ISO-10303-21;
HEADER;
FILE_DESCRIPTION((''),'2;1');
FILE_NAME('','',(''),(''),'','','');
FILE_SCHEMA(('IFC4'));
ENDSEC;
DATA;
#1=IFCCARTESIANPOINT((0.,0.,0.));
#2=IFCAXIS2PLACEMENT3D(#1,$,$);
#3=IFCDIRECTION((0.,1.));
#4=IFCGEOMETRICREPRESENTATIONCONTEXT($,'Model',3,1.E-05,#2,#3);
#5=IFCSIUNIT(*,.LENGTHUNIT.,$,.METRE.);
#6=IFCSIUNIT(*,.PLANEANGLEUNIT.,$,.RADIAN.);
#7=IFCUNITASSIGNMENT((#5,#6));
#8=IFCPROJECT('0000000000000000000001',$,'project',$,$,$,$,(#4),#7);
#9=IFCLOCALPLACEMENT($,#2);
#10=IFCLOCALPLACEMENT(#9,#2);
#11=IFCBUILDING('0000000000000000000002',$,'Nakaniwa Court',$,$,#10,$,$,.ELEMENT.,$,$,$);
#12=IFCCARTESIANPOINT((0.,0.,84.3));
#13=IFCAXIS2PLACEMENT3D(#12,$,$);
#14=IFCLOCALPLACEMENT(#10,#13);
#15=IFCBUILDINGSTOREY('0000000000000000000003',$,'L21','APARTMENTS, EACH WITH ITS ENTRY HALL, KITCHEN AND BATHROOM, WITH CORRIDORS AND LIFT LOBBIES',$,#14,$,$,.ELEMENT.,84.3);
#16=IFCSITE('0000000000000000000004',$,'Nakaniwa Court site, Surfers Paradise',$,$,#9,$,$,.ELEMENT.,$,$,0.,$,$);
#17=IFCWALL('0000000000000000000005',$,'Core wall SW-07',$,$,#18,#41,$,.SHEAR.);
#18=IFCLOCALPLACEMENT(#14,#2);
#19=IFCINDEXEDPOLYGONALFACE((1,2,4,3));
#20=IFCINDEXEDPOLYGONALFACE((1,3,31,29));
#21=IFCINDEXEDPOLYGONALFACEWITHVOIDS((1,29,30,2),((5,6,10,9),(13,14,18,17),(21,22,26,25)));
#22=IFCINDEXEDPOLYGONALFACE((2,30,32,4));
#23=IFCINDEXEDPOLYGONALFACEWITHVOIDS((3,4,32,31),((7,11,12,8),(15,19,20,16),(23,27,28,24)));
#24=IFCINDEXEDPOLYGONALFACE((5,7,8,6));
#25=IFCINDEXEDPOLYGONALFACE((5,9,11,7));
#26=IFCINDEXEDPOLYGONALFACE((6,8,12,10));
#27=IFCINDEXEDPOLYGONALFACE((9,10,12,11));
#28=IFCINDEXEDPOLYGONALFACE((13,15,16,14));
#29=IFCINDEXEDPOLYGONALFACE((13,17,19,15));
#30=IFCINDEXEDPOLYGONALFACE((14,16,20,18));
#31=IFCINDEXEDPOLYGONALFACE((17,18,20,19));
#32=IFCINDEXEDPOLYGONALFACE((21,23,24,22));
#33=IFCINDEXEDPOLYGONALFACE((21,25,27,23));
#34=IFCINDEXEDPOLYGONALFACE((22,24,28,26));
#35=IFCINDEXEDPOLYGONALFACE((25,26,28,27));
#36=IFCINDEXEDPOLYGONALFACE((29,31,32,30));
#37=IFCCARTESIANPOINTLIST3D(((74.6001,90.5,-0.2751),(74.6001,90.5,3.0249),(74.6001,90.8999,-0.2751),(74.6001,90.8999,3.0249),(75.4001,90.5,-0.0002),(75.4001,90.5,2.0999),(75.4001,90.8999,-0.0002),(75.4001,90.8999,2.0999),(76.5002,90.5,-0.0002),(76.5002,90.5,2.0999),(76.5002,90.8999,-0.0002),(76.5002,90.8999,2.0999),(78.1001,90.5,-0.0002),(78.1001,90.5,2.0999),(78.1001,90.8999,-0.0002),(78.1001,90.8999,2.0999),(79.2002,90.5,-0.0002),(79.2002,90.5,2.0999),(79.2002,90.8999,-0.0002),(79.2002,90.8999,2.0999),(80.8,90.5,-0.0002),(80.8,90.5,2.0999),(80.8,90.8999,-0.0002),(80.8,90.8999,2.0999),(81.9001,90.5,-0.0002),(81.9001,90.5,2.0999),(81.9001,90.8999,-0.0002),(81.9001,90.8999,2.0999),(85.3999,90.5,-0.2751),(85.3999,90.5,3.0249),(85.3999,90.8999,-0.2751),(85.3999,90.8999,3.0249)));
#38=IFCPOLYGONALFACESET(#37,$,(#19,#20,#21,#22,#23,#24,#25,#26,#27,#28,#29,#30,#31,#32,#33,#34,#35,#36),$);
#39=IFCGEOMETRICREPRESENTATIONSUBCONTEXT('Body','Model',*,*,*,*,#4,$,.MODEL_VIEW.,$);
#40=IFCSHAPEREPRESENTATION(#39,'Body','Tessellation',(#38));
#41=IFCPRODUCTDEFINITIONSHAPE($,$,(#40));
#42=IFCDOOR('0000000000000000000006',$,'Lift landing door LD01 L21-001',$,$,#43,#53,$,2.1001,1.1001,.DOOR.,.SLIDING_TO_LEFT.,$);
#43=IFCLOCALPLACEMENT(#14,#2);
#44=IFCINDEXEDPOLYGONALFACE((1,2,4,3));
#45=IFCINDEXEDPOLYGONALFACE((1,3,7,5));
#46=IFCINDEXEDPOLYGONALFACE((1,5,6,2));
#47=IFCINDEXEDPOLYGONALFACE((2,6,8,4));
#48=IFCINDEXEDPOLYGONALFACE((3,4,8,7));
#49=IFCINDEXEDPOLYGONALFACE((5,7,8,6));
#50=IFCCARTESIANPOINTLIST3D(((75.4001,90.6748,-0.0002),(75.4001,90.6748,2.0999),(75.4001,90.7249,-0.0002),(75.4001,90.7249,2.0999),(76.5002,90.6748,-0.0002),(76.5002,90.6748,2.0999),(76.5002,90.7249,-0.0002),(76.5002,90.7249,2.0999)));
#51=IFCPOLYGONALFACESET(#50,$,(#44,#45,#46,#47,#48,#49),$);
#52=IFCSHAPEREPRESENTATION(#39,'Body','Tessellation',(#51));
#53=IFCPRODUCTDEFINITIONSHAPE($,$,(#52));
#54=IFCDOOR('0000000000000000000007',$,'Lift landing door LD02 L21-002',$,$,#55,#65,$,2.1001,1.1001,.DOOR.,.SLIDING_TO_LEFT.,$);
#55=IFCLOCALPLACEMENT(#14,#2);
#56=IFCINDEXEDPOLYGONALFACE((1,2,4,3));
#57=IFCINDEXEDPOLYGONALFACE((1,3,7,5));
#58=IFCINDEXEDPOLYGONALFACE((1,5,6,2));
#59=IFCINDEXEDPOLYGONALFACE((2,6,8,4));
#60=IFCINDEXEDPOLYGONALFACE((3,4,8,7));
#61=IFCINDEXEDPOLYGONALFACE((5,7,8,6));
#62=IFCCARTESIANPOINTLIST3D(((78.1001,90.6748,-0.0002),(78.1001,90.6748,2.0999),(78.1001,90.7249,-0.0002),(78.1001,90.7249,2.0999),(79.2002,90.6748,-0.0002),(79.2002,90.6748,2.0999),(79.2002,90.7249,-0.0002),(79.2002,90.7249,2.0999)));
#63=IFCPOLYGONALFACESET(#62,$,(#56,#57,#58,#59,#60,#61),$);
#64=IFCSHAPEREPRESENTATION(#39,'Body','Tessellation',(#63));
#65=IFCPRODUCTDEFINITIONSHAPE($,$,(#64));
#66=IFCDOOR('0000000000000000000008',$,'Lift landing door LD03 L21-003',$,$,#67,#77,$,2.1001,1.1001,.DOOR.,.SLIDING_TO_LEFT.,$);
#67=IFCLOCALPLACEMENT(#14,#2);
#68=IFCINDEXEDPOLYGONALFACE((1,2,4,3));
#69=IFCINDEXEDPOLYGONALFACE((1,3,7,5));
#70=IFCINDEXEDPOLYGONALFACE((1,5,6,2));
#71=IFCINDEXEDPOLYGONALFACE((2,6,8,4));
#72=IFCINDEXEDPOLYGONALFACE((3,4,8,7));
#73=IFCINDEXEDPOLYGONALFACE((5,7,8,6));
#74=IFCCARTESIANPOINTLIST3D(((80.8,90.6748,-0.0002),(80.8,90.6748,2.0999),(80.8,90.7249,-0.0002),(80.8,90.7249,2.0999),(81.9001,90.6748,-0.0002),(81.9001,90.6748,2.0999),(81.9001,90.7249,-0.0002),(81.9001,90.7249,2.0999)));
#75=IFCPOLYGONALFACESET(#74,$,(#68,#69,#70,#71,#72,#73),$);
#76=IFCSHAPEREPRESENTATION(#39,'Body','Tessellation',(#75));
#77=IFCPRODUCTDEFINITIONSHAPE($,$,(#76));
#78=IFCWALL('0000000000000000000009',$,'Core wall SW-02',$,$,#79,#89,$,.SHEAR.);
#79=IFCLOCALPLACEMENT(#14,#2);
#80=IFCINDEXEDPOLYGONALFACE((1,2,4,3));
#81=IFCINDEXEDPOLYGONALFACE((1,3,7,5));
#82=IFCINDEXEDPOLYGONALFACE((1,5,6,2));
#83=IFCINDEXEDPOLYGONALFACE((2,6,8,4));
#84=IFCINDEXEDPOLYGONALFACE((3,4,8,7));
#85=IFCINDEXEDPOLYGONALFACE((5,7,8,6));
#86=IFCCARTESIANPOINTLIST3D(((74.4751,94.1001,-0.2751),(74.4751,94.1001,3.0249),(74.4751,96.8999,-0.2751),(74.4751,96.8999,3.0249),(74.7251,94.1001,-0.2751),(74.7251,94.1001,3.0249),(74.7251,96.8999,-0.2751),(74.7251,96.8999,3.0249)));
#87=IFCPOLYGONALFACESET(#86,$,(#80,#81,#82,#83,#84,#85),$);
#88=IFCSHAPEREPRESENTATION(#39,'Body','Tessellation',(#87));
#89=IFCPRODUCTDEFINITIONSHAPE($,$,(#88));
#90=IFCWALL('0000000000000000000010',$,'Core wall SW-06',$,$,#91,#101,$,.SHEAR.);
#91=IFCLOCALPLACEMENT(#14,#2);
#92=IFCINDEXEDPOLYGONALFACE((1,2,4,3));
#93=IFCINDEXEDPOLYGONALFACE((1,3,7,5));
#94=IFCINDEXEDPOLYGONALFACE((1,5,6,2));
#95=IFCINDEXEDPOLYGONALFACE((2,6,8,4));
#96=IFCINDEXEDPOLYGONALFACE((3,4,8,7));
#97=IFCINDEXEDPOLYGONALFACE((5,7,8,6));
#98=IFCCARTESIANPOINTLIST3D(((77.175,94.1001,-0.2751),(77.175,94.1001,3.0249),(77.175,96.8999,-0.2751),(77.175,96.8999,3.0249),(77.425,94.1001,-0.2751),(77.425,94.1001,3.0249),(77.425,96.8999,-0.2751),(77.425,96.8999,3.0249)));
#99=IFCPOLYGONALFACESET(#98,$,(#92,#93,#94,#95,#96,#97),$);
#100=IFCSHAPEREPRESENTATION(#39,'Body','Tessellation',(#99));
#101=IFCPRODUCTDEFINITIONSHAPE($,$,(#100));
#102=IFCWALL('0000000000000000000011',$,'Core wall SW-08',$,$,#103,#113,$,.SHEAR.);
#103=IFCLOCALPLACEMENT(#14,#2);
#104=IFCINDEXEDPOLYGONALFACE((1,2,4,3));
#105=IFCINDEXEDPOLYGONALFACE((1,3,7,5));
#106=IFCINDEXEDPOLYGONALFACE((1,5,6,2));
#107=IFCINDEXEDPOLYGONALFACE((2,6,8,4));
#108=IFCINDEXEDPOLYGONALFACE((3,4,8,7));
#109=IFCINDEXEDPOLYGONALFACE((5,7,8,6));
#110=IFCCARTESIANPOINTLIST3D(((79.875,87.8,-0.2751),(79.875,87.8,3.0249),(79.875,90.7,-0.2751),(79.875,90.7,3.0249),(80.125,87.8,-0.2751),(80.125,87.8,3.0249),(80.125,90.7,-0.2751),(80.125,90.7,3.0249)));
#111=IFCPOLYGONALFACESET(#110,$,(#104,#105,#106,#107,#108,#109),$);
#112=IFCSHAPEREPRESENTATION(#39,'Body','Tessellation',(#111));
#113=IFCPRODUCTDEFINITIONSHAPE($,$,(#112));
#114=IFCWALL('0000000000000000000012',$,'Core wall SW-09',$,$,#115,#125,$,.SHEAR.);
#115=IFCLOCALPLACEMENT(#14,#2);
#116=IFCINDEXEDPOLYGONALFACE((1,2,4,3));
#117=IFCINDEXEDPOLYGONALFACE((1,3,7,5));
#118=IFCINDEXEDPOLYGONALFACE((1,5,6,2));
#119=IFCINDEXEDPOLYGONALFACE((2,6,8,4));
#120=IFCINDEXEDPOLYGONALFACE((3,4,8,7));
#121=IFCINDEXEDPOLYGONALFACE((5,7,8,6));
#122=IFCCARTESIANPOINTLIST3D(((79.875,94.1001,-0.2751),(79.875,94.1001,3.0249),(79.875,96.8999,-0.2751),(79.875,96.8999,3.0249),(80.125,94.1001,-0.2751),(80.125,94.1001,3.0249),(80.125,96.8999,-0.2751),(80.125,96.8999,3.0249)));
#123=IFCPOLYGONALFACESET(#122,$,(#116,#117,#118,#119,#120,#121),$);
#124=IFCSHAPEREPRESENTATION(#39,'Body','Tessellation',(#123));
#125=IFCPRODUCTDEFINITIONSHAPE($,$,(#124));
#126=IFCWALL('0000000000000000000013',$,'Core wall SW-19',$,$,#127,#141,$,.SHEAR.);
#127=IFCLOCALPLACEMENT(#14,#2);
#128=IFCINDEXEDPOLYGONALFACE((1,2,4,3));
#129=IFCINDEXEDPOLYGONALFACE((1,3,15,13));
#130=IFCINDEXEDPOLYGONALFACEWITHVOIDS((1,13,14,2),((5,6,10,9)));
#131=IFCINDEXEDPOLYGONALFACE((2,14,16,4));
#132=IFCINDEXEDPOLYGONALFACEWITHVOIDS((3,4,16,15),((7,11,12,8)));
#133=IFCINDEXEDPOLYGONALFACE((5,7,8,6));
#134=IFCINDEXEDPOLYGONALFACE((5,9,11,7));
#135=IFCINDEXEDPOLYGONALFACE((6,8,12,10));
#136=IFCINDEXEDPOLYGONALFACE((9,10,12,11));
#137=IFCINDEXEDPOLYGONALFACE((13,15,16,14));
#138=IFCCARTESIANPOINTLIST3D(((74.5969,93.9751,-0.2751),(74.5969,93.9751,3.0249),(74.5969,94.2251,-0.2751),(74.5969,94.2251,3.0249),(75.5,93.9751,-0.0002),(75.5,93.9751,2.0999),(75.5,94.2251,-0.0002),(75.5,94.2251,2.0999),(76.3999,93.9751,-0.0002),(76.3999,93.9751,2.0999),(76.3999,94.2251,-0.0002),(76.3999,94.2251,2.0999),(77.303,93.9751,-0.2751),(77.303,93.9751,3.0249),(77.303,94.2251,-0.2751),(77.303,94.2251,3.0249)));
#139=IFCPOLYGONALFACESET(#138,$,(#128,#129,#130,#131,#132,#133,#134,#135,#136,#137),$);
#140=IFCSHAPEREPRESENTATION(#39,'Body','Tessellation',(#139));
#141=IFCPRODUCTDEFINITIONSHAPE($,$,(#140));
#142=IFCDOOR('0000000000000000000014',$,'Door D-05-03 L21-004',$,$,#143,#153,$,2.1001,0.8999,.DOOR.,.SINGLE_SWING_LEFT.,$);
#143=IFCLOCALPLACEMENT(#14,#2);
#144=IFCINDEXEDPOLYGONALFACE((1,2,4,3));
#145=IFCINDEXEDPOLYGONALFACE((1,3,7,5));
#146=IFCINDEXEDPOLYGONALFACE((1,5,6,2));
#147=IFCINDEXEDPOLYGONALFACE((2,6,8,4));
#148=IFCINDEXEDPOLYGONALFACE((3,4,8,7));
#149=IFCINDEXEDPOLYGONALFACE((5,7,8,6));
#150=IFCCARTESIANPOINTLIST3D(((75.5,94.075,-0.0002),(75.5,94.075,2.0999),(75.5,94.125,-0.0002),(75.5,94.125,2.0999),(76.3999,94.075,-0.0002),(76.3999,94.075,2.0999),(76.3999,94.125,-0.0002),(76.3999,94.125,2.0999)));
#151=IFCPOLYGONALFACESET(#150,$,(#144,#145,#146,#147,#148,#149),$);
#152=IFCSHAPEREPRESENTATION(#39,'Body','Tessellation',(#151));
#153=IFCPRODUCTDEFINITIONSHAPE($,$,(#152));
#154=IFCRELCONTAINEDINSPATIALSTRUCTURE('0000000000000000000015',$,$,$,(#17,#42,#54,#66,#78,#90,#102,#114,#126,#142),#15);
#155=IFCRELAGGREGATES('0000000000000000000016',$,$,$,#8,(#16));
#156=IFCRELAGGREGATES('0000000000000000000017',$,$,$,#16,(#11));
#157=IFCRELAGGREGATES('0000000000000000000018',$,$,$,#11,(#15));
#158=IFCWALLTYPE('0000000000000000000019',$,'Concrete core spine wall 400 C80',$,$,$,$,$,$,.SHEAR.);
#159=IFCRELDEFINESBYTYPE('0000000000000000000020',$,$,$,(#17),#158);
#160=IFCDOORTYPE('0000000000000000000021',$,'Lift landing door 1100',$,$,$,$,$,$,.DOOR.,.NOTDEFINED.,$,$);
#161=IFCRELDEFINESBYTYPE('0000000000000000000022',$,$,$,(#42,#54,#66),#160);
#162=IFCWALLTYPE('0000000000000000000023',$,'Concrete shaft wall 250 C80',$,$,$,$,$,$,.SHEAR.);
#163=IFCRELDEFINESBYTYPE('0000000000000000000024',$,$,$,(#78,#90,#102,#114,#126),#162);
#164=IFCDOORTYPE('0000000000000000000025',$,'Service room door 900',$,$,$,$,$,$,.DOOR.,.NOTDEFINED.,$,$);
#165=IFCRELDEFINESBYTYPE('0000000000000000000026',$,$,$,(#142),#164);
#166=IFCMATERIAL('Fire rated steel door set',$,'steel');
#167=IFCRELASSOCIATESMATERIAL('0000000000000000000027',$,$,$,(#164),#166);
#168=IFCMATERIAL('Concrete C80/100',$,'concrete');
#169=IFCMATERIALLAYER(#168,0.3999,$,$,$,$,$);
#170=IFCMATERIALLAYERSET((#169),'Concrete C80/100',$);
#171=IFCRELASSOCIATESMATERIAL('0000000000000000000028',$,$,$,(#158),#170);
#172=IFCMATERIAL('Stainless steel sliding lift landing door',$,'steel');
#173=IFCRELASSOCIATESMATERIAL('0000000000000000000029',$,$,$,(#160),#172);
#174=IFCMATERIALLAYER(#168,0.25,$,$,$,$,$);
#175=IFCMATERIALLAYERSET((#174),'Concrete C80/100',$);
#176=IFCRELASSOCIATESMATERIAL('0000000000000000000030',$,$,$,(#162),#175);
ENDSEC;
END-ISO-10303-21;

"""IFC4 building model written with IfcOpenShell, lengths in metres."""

from ifc_helpers import new_model, si_unit, direction, frame, frame_2d, origin, place, context, subcontext, project, spatial, rectangle, extrude, material, layer, layer_set, type_object, element, fill, save


model = new_model("IFC4")

# Units and contexts
model_context = context("Model", 3, precision=1e-05, world=origin(), true_north=direction((0.0, 1.0)))
body_context = subcontext(model_context, "Body", "Model", "MODEL_VIEW")
ifc_project = project(units=[si_unit("LENGTHUNIT", "METRE"), si_unit("PLANEANGLEUNIT", "RADIAN")], contexts=[model_context])

# Site, building, storey
site_placement = place(None, origin())
site = spatial("IfcSite", under=ifc_project, at=site_placement, Name="Nakaniwa Court site, Surfers Paradise", CompositionType="ELEMENT", RefElevation=0.0)
building_placement = place(site_placement, origin())
building = spatial("IfcBuilding", under=site, at=building_placement, Name="Nakaniwa Court", CompositionType="ELEMENT")
storey_placement = place(building_placement, frame((0.0, 0.0, 84.3)))
storey = spatial("IfcBuildingStorey", under=building, at=storey_placement, Name="L21", Description="APARTMENTS, EACH WITH ITS ENTRY HALL, KITCHEN AND BATHROOM, WITH CORRIDORS AND LIFT LOBBIES", CompositionType="ELEMENT", Elevation=84.3)

# Shared definitions
ifc_material_1 = material(Name="Fire rated steel door set", Category="steel")
door_type_1 = type_object("IfcDoorType", Name="Service room door 900", OperationType="NOTDEFINED", PredefinedType="DOOR", material=ifc_material_1)

# Wall, openings, doors
ifc_material_2 = material(Name="Concrete C80/100", Category="concrete")
ifc_layer_1 = layer(ifc_material_2, 0.3999)
ifc_layer_set_1 = layer_set([ifc_layer_1], Name="Concrete C80/100")
wall_type_1 = type_object("IfcWallType", Name="Concrete core spine wall 400 C80", PredefinedType="SHEAR", material=ifc_layer_set_1)
wall_1_placement = place(storey_placement, frame((74.6001, 90.7, -0.2751), z_axis=(0.0, 0.0, 1.0), x_axis=(1.0, 0.0, 0.0)))
wall_1 = element("IfcWall", 1, at=wall_1_placement, inside=storey, type_object=wall_type_1, Name="Core wall SW-07", PredefinedType="SHEAR", context=body_context, shape_type="SweptSolid", body=[
    extrude(rectangle(XDim=10.7998, YDim=0.3999, at=frame_2d((5.3999, 0.0))), origin(), (0.0, 0.0, 1.0), 3.3),
])
opening_1_placement = place(wall_1_placement, frame((0.8, 0.0, 0.2749)))
opening_1 = element("IfcOpeningElement", 2, at=opening_1_placement, cuts=wall_1, PredefinedType="OPENING", context=body_context, shape_type="SweptSolid", body=[
    extrude(rectangle(XDim=1.1001, YDim=2.1001, at=frame_2d((0.55, 1.05))), frame((0.0, 0.21, 0.0), z_axis=(0.0, -1.0, 0.0), x_axis=(1.0, 0.0, 0.0)), (0.0, 0.0, 1.0), 0.4199),
])
opening_2_placement = place(wall_1_placement, frame((3.5, 0.0, 0.2749)))
opening_2 = element("IfcOpeningElement", 3, at=opening_2_placement, cuts=wall_1, PredefinedType="OPENING", context=body_context, shape_type="SweptSolid", body=[
    extrude(rectangle(XDim=1.1001, YDim=2.1001, at=frame_2d((0.55, 1.05))), frame((0.0, 0.21, 0.0), z_axis=(0.0, -1.0, 0.0), x_axis=(1.0, 0.0, 0.0)), (0.0, 0.0, 1.0), 0.4199),
])
opening_3_placement = place(wall_1_placement, frame((6.2, 0.0, 0.2749)))
opening_3 = element("IfcOpeningElement", 4, at=opening_3_placement, cuts=wall_1, PredefinedType="OPENING", context=body_context, shape_type="SweptSolid", body=[
    extrude(rectangle(XDim=1.1001, YDim=2.1001, at=frame_2d((0.55, 1.05))), frame((0.0, 0.21, 0.0), z_axis=(0.0, -1.0, 0.0), x_axis=(1.0, 0.0, 0.0)), (0.0, 0.0, 1.0), 0.4199),
])
ifc_material_3 = material(Name="Stainless steel sliding lift landing door", Category="steel")
door_type_2 = type_object("IfcDoorType", Name="Lift landing door 1100", OperationType="NOTDEFINED", PredefinedType="DOOR", material=ifc_material_3)
door_1_placement = place(opening_1_placement, origin())
door_1 = element("IfcDoor", 5, at=door_1_placement, inside=storey, type_object=door_type_2, Name="Lift landing door LD01 L21-001", OperationType="SLIDING_TO_LEFT", OverallHeight=2.1001, OverallWidth=1.1001, PredefinedType="DOOR", context=body_context, shape_type="SweptSolid", body=[
    extrude(rectangle(XDim=1.1001, YDim=2.1001, at=frame_2d((0.55, 1.05))), frame((0.0, 0.0249, 0.0), z_axis=(0.0, -1.0, 0.0), x_axis=(1.0, 0.0, 0.0)), (0.0, 0.0, 1.0), 0.05),
])
fill(opening_1, door_1)
door_2_placement = place(opening_2_placement, origin())
door_2 = element("IfcDoor", 6, at=door_2_placement, inside=storey, type_object=door_type_2, Name="Lift landing door LD02 L21-002", OperationType="SLIDING_TO_LEFT", OverallHeight=2.1001, OverallWidth=1.1001, PredefinedType="DOOR", context=body_context, shape_type="SweptSolid", body=[
    extrude(rectangle(XDim=1.1001, YDim=2.1001, at=frame_2d((0.55, 1.05))), frame((0.0, 0.0249, 0.0), z_axis=(0.0, -1.0, 0.0), x_axis=(1.0, 0.0, 0.0)), (0.0, 0.0, 1.0), 0.05),
])
fill(opening_2, door_2)
door_3_placement = place(opening_3_placement, origin())
door_3 = element("IfcDoor", 7, at=door_3_placement, inside=storey, type_object=door_type_2, Name="Lift landing door LD03 L21-003", OperationType="SLIDING_TO_LEFT", OverallHeight=2.1001, OverallWidth=1.1001, PredefinedType="DOOR", context=body_context, shape_type="SweptSolid", body=[
    extrude(rectangle(XDim=1.1001, YDim=2.1001, at=frame_2d((0.55, 1.05))), frame((0.0, 0.0249, 0.0), z_axis=(0.0, -1.0, 0.0), x_axis=(1.0, 0.0, 0.0)), (0.0, 0.0, 1.0), 0.05),
])
fill(opening_3, door_3)

# Walls
ifc_layer_2 = layer(ifc_material_2, 0.25)
ifc_layer_set_2 = layer_set([ifc_layer_2], Name="Concrete C80/100")
wall_type_2 = type_object("IfcWallType", Name="Concrete shaft wall 250 C80", PredefinedType="SHEAR", material=ifc_layer_set_2)
for number, where, z_axis, x_axis, name in (
    (8, (74.6001, 94.1001, -0.2751), (0.0, 0.0, 1.0), (0.0, 1.0, 0.0), "Core wall SW-02"),
    (9, (77.3, 94.1001, -0.2751), (0.0, 0.0, 1.0), (0.0, 1.0, 0.0), "Core wall SW-06"),
):
    element("IfcWall", number, at=place(storey_placement, frame(where, z_axis=z_axis, x_axis=x_axis)), inside=storey, type_object=wall_type_2, Name=name, PredefinedType="SHEAR", context=body_context, shape_type="SweptSolid", body=[
        extrude(rectangle(XDim=2.7998, YDim=0.25, at=frame_2d((1.3999, 0.0))), origin(), (0.0, 0.0, 1.0), 3.3),
    ])
wall_2_placement = place(storey_placement, frame((80.0, 87.8, -0.2751), z_axis=(0.0, 0.0, 1.0), x_axis=(0.0, 1.0, 0.0)))
element("IfcWall", 10, at=wall_2_placement, inside=storey, type_object=wall_type_2, Name="Core wall SW-08", PredefinedType="SHEAR", context=body_context, shape_type="SweptSolid", body=[
    extrude(rectangle(XDim=2.8999, YDim=0.25, at=frame_2d((1.45, 0.0))), origin(), (0.0, 0.0, 1.0), 3.3),
])
wall_3_placement = place(storey_placement, frame((80.0, 94.1001, -0.2751), z_axis=(0.0, 0.0, 1.0), x_axis=(0.0, 1.0, 0.0)))
element("IfcWall", 11, at=wall_3_placement, inside=storey, type_object=wall_type_2, Name="Core wall SW-09", PredefinedType="SHEAR", context=body_context, shape_type="SweptSolid", body=[
    extrude(rectangle(XDim=2.7998, YDim=0.25, at=frame_2d((1.3999, 0.0))), origin(), (0.0, 0.0, 1.0), 3.3),
])

# Wall, opening, door
wall_4_placement = place(storey_placement, frame((74.5969, 94.1001, -0.2751), z_axis=(0.0, 0.0, 1.0), x_axis=(1.0, 0.0, 0.0)))
wall_4 = element("IfcWall", 12, at=wall_4_placement, inside=storey, type_object=wall_type_2, Name="Core wall SW-19", PredefinedType="SHEAR", context=body_context, shape_type="SweptSolid", body=[
    extrude(rectangle(XDim=2.7061, YDim=0.25, at=frame_2d((1.353, 0.0))), origin(), (0.0, 0.0, 1.0), 3.3),
])
opening_4_placement = place(wall_4_placement, frame((0.9031, 0.0, 0.2749)))
opening_4 = element("IfcOpeningElement", 13, at=opening_4_placement, cuts=wall_4, PredefinedType="OPENING", context=body_context, shape_type="SweptSolid", body=[
    extrude(rectangle(XDim=0.8999, YDim=2.1001, at=frame_2d((0.45, 1.05))), frame((0.0, 0.135, 0.0), z_axis=(0.0, -1.0, 0.0), x_axis=(1.0, 0.0, 0.0)), (0.0, 0.0, 1.0), 0.27),
])
door_4_placement = place(opening_4_placement, origin())
door_4 = element("IfcDoor", 14, at=door_4_placement, inside=storey, type_object=door_type_1, Name="Door D-05-03 L21-004", OperationType="SINGLE_SWING_LEFT", OverallHeight=2.1001, OverallWidth=0.8999, PredefinedType="DOOR", context=body_context, shape_type="SweptSolid", body=[
    extrude(rectangle(XDim=0.8999, YDim=2.1001, at=frame_2d((0.45, 1.05))), frame((0.0, 0.0249, 0.0), z_axis=(0.0, -1.0, 0.0), x_axis=(1.0, 0.0, 0.0)), (0.0, 0.0, 1.0), 0.05),
])
fill(opening_4, door_4)

save(model, "model.ifc")
